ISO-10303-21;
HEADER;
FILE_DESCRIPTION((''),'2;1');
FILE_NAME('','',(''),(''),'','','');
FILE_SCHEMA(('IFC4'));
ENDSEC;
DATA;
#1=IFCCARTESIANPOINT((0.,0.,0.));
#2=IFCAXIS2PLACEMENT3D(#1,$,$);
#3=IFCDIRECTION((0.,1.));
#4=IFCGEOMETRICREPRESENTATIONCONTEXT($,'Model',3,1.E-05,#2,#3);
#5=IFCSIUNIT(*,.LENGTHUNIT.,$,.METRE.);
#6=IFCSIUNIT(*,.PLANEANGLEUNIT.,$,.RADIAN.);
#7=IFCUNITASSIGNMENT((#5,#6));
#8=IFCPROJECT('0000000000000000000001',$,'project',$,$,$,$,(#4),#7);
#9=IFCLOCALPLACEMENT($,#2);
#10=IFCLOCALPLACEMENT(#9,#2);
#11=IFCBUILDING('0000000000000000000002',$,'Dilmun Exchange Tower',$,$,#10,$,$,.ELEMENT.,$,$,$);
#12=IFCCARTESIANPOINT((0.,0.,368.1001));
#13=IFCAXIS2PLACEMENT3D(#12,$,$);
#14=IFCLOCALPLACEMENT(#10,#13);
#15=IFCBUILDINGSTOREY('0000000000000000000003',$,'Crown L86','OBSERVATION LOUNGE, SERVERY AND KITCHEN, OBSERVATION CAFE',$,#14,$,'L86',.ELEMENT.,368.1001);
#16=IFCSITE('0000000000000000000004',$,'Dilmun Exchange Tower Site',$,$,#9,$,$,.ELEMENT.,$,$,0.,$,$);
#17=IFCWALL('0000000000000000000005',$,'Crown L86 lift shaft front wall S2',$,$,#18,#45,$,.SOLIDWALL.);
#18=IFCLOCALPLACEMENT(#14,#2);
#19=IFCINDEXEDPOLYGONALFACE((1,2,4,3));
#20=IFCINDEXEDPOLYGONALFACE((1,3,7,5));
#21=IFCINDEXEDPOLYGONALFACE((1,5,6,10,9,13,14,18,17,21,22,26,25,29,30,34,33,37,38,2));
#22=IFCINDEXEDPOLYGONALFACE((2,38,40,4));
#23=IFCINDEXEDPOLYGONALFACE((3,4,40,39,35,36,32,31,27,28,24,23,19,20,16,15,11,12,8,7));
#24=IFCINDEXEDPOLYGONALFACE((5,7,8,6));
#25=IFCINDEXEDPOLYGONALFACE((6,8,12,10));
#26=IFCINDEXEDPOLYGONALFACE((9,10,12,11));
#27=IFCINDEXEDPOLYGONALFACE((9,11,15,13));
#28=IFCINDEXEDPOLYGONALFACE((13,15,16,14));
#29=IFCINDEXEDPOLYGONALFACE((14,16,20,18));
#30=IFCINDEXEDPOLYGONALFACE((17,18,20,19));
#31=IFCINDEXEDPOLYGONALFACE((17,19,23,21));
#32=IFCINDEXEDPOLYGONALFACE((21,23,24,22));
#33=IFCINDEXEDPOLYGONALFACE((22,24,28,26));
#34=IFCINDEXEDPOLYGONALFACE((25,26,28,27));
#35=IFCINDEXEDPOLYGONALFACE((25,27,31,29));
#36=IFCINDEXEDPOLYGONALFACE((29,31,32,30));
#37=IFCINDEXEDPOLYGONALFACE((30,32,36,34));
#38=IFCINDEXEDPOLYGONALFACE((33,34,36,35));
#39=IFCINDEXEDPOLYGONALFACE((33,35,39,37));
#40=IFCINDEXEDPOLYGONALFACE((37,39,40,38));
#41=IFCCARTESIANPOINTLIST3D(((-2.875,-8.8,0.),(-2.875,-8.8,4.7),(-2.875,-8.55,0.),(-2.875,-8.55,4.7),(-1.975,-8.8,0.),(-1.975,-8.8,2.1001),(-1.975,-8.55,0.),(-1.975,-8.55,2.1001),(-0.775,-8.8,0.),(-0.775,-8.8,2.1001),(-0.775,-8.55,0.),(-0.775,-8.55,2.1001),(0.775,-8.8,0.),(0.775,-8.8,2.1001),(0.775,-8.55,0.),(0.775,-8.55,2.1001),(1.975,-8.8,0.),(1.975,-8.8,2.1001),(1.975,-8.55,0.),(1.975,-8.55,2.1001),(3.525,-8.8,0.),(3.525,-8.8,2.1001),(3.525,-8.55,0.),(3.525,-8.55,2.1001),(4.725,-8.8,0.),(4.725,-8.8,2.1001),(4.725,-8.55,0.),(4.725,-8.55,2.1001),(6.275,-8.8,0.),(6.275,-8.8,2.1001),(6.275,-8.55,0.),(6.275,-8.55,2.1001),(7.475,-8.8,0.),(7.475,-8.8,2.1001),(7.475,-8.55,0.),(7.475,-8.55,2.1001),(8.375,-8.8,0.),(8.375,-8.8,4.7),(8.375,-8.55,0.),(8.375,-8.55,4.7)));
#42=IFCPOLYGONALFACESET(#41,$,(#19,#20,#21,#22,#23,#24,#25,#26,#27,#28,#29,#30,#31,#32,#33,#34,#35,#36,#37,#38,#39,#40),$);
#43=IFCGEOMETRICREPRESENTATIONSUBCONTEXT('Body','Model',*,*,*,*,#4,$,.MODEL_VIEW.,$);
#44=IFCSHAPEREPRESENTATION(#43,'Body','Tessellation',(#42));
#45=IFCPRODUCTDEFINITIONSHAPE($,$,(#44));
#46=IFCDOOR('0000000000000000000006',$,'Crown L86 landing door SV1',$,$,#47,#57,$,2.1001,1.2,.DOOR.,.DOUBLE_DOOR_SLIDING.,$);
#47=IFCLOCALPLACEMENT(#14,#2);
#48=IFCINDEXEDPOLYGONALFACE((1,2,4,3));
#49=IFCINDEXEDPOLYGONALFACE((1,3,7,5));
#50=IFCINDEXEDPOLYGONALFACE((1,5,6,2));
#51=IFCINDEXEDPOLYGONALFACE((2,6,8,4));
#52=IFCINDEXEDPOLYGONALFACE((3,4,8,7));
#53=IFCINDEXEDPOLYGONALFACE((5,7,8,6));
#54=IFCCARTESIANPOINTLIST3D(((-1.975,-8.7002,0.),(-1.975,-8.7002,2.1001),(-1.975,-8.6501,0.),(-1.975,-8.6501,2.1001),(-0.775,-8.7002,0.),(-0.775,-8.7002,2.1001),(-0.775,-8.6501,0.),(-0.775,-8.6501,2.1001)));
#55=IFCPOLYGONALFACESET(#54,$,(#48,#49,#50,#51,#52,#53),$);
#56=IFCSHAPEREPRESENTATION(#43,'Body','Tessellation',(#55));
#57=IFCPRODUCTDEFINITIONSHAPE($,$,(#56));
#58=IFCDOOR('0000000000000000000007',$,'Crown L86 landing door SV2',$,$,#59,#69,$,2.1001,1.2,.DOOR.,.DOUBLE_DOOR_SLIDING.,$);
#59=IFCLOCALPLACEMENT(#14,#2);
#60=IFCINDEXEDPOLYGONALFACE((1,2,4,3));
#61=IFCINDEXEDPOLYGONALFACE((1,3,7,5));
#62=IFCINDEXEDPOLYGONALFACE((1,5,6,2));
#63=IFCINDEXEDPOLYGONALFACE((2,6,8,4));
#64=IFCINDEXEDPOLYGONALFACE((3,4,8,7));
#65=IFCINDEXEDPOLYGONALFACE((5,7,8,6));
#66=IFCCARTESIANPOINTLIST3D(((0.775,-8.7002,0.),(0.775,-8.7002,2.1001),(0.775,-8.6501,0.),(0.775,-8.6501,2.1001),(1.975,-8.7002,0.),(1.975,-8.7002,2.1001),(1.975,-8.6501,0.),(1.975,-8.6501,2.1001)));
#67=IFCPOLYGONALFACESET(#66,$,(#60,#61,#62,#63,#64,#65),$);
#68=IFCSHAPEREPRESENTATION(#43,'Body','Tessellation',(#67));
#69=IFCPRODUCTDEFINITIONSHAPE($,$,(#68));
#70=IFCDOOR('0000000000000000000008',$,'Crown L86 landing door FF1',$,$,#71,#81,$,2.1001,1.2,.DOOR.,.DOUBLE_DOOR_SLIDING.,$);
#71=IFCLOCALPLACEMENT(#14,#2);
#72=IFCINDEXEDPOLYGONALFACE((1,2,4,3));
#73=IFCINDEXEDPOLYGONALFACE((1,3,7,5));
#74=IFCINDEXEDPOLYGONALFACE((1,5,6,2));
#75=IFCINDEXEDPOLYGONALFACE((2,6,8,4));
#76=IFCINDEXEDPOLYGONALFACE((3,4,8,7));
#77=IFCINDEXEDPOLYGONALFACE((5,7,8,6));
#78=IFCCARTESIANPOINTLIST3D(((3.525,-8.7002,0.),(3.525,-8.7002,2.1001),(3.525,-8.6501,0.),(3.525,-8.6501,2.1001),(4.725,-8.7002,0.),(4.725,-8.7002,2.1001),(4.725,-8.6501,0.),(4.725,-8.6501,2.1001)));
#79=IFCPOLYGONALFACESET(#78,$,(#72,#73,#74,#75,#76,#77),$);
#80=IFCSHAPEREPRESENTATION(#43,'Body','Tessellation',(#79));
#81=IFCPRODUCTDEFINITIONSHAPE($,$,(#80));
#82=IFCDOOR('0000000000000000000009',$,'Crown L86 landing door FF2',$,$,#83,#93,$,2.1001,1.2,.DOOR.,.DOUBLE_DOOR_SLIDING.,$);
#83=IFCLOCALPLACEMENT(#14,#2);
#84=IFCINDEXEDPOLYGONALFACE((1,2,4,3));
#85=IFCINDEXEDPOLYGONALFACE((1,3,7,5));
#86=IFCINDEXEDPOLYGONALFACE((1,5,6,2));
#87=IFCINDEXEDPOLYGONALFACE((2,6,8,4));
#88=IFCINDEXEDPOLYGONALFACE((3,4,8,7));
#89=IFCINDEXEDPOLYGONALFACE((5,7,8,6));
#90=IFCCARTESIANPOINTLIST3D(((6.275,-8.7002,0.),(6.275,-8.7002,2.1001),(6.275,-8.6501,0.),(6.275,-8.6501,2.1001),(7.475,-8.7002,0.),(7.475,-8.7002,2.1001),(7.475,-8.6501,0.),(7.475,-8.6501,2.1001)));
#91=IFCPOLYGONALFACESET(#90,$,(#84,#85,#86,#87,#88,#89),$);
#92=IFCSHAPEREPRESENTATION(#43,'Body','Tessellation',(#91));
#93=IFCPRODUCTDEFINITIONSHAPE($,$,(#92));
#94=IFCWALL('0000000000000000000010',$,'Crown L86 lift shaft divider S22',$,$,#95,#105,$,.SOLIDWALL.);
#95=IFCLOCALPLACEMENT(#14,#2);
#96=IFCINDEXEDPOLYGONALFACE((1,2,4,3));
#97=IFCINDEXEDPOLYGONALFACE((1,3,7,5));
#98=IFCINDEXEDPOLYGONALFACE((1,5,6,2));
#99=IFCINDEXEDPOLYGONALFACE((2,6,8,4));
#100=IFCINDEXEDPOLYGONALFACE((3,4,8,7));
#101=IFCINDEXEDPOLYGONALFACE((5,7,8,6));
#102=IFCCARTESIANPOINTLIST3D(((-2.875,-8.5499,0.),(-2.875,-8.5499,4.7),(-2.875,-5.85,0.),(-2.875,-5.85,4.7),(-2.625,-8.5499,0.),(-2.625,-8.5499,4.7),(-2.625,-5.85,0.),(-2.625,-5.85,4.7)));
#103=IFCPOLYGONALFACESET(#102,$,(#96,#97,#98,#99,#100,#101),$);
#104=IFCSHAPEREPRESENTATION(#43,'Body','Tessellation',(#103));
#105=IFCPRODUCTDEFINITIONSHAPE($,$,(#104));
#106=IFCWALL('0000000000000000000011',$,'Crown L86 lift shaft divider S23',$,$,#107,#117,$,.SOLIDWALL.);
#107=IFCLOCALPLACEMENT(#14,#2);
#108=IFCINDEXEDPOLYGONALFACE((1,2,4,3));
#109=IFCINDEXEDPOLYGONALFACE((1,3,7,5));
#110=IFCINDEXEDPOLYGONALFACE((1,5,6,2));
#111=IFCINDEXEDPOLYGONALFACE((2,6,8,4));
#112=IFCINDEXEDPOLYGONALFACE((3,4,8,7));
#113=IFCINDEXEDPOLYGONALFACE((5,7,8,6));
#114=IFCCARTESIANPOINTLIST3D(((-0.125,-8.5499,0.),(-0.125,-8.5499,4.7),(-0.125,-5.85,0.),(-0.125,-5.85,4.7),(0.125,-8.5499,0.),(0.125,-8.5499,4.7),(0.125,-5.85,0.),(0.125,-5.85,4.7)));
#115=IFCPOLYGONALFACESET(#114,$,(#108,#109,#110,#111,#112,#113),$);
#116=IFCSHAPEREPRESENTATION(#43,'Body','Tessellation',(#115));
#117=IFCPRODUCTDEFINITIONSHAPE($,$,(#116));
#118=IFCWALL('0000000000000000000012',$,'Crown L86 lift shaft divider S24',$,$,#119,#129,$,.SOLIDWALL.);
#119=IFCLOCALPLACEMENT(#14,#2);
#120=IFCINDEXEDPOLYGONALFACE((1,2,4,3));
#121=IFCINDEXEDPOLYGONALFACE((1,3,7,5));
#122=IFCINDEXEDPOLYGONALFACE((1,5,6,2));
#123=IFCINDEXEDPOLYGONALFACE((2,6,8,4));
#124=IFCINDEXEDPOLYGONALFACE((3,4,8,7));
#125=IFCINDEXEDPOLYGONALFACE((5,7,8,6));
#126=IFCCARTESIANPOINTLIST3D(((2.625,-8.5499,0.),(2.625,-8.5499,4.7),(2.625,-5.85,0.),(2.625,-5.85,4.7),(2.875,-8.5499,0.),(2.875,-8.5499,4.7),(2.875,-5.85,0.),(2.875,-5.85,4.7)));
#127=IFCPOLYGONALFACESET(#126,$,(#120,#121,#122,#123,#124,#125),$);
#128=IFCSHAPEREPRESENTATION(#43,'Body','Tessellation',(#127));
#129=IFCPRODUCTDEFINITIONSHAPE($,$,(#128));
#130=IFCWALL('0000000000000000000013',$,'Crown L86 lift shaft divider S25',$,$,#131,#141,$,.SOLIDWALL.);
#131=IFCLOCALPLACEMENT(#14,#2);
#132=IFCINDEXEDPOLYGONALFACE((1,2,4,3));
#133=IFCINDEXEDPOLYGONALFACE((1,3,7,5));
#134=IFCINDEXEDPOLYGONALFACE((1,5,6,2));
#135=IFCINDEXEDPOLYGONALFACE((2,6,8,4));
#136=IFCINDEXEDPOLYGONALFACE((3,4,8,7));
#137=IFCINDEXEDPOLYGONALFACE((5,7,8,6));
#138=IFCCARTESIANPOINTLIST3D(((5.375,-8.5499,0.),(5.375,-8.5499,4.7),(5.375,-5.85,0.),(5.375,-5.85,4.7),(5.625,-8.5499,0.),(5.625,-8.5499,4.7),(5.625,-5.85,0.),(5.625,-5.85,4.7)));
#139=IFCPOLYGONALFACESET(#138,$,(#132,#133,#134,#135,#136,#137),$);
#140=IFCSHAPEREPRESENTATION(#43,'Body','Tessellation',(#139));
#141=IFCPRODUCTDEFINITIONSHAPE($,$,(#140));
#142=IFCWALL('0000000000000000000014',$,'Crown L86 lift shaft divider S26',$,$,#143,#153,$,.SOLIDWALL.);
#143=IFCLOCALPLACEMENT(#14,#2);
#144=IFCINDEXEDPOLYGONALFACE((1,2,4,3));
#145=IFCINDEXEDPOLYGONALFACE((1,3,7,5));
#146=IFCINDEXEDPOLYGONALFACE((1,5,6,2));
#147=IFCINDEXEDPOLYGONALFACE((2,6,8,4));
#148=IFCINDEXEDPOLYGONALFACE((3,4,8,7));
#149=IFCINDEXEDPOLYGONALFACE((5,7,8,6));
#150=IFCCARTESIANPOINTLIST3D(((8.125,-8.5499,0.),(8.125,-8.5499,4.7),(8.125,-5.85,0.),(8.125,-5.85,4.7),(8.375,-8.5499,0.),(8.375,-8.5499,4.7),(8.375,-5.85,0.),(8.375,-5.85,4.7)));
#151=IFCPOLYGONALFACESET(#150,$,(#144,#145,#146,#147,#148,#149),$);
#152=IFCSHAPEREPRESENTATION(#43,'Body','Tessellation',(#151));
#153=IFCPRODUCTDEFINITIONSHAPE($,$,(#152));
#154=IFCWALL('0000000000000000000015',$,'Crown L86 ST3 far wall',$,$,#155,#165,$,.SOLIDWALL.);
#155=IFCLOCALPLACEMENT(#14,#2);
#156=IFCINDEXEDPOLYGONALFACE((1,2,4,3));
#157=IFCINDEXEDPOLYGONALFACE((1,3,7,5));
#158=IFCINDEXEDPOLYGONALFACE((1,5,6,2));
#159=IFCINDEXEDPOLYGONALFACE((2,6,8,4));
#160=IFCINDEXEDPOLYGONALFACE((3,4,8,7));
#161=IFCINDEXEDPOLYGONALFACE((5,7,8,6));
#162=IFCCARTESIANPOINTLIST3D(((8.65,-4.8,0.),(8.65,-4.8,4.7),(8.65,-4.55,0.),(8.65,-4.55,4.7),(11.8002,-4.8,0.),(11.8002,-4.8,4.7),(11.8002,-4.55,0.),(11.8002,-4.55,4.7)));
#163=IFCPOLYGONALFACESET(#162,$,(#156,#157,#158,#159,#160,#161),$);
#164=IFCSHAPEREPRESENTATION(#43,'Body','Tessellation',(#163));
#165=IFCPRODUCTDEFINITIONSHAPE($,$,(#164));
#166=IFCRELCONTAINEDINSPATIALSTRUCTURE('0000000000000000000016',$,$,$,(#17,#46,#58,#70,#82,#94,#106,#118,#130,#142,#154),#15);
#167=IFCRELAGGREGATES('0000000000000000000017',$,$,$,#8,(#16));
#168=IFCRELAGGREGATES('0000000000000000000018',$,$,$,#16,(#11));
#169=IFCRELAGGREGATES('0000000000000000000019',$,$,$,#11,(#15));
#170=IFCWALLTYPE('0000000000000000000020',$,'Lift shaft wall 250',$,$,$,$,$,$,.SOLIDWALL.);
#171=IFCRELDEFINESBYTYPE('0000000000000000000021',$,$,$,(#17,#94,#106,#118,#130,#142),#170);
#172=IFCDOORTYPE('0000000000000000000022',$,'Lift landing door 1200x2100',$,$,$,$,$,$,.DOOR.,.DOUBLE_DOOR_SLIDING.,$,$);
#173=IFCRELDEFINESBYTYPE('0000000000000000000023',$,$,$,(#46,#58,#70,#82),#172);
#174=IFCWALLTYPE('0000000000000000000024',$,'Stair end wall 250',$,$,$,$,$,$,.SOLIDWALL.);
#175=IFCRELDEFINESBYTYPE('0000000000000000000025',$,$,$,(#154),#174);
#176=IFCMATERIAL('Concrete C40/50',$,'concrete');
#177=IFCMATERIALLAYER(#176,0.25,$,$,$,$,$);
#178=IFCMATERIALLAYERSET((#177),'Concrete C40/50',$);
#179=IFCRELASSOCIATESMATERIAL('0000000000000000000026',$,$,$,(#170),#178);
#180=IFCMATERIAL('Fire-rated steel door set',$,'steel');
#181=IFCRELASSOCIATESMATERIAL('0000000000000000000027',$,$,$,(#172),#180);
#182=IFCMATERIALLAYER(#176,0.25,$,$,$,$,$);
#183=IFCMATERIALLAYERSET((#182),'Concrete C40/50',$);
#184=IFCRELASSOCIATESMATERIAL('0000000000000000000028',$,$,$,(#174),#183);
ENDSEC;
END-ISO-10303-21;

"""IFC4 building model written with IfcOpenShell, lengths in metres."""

from ifc_helpers import new_model, si_unit, direction, frame, frame_2d, origin, place, context, subcontext, project, spatial, rectangle, extrude, material, layer, layer_set, type_object, element, fill, save


model = new_model("IFC4")

# Units and contexts
model_context = context("Model", 3, precision=1e-05, world=origin(), true_north=direction((0.0, 1.0)))
body_context = subcontext(model_context, "Body", "Model", "MODEL_VIEW")
ifc_project = project(units=[si_unit("LENGTHUNIT", "METRE"), si_unit("PLANEANGLEUNIT", "RADIAN")], contexts=[model_context])

# Site, building, storey
site_placement = place(None, origin())
site = spatial("IfcSite", under=ifc_project, at=site_placement, Name="Dilmun Exchange Tower Site", CompositionType="ELEMENT", RefElevation=0.0)
building_placement = place(site_placement, origin())
building = spatial("IfcBuilding", under=site, at=building_placement, Name="Dilmun Exchange Tower", CompositionType="ELEMENT")
storey_placement = place(building_placement, frame((0.0, 0.0, 368.1001)))
storey = spatial("IfcBuildingStorey", under=building, at=storey_placement, Name="Crown L86", Description="OBSERVATION LOUNGE, SERVERY AND KITCHEN, OBSERVATION CAFE", LongName="L86", CompositionType="ELEMENT", Elevation=368.1001)

# Shared definitions
ifc_material_1 = material(Name="Concrete C40/50", Category="concrete")

# Shared definitions
ifc_material_2 = material(Name="Fire-rated steel door set", Category="steel")

# Shared definitions
ifc_layer_1 = layer(ifc_material_1, 0.25)
ifc_layer_set_1 = layer_set([ifc_layer_1], Name="Concrete C40/50")
wall_type_1 = type_object("IfcWallType", Name="Lift shaft wall 250", PredefinedType="SOLIDWALL", material=ifc_layer_set_1)

# Wall, openings, doors
wall_1_placement = place(storey_placement, frame((-2.875, -8.675, 0.0), z_axis=(0.0, 0.0, 1.0), x_axis=(1.0, 0.0, 0.0)))
wall_1 = element("IfcWall", 1, at=wall_1_placement, inside=storey, type_object=wall_type_1, Name="Crown L86 lift shaft front wall S2", PredefinedType="SOLIDWALL", context=body_context, shape_type="SweptSolid", body=[
    extrude(rectangle(XDim=11.25, YDim=0.25, at=frame_2d((5.625, 0.0))), origin(), (0.0, 0.0, 1.0), 4.7),
])
opening_1_placement = place(wall_1_placement, frame((0.8999, 0.0, 0.0)))
opening_1 = element("IfcOpeningElement", 2, at=opening_1_placement, cuts=wall_1, PredefinedType="OPENING", context=body_context, shape_type="SweptSolid", body=[
    extrude(rectangle(XDim=1.2, YDim=2.1001, at=frame_2d((0.6001, 1.05))), frame((0.0, 0.135, 0.0), z_axis=(0.0, -1.0, 0.0), x_axis=(1.0, 0.0, 0.0)), (0.0, 0.0, 1.0), 0.27),
])
opening_2_placement = place(wall_1_placement, frame((3.6499, 0.0, 0.0)))
opening_2 = element("IfcOpeningElement", 3, at=opening_2_placement, cuts=wall_1, PredefinedType="OPENING", context=body_context, shape_type="SweptSolid", body=[
    extrude(rectangle(XDim=1.2, YDim=2.1001, at=frame_2d((0.6001, 1.05))), frame((0.0, 0.135, 0.0), z_axis=(0.0, -1.0, 0.0), x_axis=(1.0, 0.0, 0.0)), (0.0, 0.0, 1.0), 0.27),
])
opening_3_placement = place(wall_1_placement, frame((6.3999, 0.0, 0.0)))
opening_3 = element("IfcOpeningElement", 4, at=opening_3_placement, cuts=wall_1, PredefinedType="OPENING", context=body_context, shape_type="SweptSolid", body=[
    extrude(rectangle(XDim=1.2, YDim=2.1001, at=frame_2d((0.6001, 1.05))), frame((0.0, 0.135, 0.0), z_axis=(0.0, -1.0, 0.0), x_axis=(1.0, 0.0, 0.0)), (0.0, 0.0, 1.0), 0.27),
])
opening_4_placement = place(wall_1_placement, frame((9.1499, 0.0, 0.0)))
opening_4 = element("IfcOpeningElement", 5, at=opening_4_placement, cuts=wall_1, PredefinedType="OPENING", context=body_context, shape_type="SweptSolid", body=[
    extrude(rectangle(XDim=1.2, YDim=2.1001, at=frame_2d((0.6001, 1.05))), frame((0.0, 0.135, 0.0), z_axis=(0.0, -1.0, 0.0), x_axis=(1.0, 0.0, 0.0)), (0.0, 0.0, 1.0), 0.27),
])
door_type_1 = type_object("IfcDoorType", Name="Lift landing door 1200x2100", OperationType="DOUBLE_DOOR_SLIDING", PredefinedType="DOOR", material=ifc_material_2)
door_1_placement = place(opening_1_placement, origin())
door_1 = element("IfcDoor", 6, at=door_1_placement, inside=storey, type_object=door_type_1, Name="Crown L86 landing door SV1", OperationType="DOUBLE_DOOR_SLIDING", OverallHeight=2.1001, OverallWidth=1.2, PredefinedType="DOOR", context=body_context, shape_type="SweptSolid", body=[
    extrude(rectangle(XDim=1.2, YDim=2.1001, at=frame_2d((0.6001, 1.05))), frame((0.0, 0.0249, 0.0), z_axis=(0.0, -1.0, 0.0), x_axis=(1.0, 0.0, 0.0)), (0.0, 0.0, 1.0), 0.05),
])
fill(opening_1, door_1)
door_2_placement = place(opening_2_placement, origin())
door_2 = element("IfcDoor", 7, at=door_2_placement, inside=storey, type_object=door_type_1, Name="Crown L86 landing door SV2", OperationType="DOUBLE_DOOR_SLIDING", OverallHeight=2.1001, OverallWidth=1.2, PredefinedType="DOOR", context=body_context, shape_type="SweptSolid", body=[
    extrude(rectangle(XDim=1.2, YDim=2.1001, at=frame_2d((0.6001, 1.05))), frame((0.0, 0.0249, 0.0), z_axis=(0.0, -1.0, 0.0), x_axis=(1.0, 0.0, 0.0)), (0.0, 0.0, 1.0), 0.05),
])
fill(opening_2, door_2)
door_3_placement = place(opening_3_placement, origin())
door_3 = element("IfcDoor", 8, at=door_3_placement, inside=storey, type_object=door_type_1, Name="Crown L86 landing door FF1", OperationType="DOUBLE_DOOR_SLIDING", OverallHeight=2.1001, OverallWidth=1.2, PredefinedType="DOOR", context=body_context, shape_type="SweptSolid", body=[
    extrude(rectangle(XDim=1.2, YDim=2.1001, at=frame_2d((0.6001, 1.05))), frame((0.0, 0.0249, 0.0), z_axis=(0.0, -1.0, 0.0), x_axis=(1.0, 0.0, 0.0)), (0.0, 0.0, 1.0), 0.05),
])
fill(opening_3, door_3)
door_4_placement = place(opening_4_placement, origin())
door_4 = element("IfcDoor", 9, at=door_4_placement, inside=storey, type_object=door_type_1, Name="Crown L86 landing door FF2", OperationType="DOUBLE_DOOR_SLIDING", OverallHeight=2.1001, OverallWidth=1.2, PredefinedType="DOOR", context=body_context, shape_type="SweptSolid", body=[
    extrude(rectangle(XDim=1.2, YDim=2.1001, at=frame_2d((0.6001, 1.05))), frame((0.0, 0.0249, 0.0), z_axis=(0.0, -1.0, 0.0), x_axis=(1.0, 0.0, 0.0)), (0.0, 0.0, 1.0), 0.05),
])
fill(opening_4, door_4)

# Walls
for number, where, z_axis, x_axis, name in (
    (10, (-2.75, -8.55, 0.0), (0.0, 0.0, 1.0), (0.0, 1.0, 0.0), "Crown L86 lift shaft divider S22"),
    (11, (0.0, -8.55, 0.0), (0.0, 0.0, 1.0), (0.0, 1.0, 0.0), "Crown L86 lift shaft divider S23"),
    (12, (2.75, -8.55, 0.0), (0.0, 0.0, 1.0), (0.0, 1.0, 0.0), "Crown L86 lift shaft divider S24"),
    (13, (5.5, -8.55, 0.0), (0.0, 0.0, 1.0), (0.0, 1.0, 0.0), "Crown L86 lift shaft divider S25"),
    (14, (8.25, -8.55, 0.0), (0.0, 0.0, 1.0), (0.0, 1.0, 0.0), "Crown L86 lift shaft divider S26"),
):
    element("IfcWall", number, at=place(storey_placement, frame(where, z_axis=z_axis, x_axis=x_axis)), inside=storey, type_object=wall_type_1, Name=name, PredefinedType="SOLIDWALL", context=body_context, shape_type="SweptSolid", body=[
        extrude(rectangle(XDim=2.7, YDim=0.25, at=frame_2d((1.3501, 0.0))), origin(), (0.0, 0.0, 1.0), 4.7),
    ])
ifc_layer_2 = layer(ifc_material_1, 0.25)
ifc_layer_set_2 = layer_set([ifc_layer_2], Name="Concrete C40/50")
wall_type_2 = type_object("IfcWallType", Name="Stair end wall 250", PredefinedType="SOLIDWALL", material=ifc_layer_set_2)
wall_2_placement = place(storey_placement, frame((8.6499, -4.675, 0.0), z_axis=(0.0, 0.0, 1.0), x_axis=(1.0, 0.0, 0.0)))
element("IfcWall", 15, at=wall_2_placement, inside=storey, type_object=wall_type_2, Name="Crown L86 ST3 far wall", PredefinedType="SOLIDWALL", context=body_context, shape_type="SweptSolid", body=[
    extrude(rectangle(XDim=3.1501, YDim=0.25, at=frame_2d((1.5752, 0.0))), origin(), (0.0, 0.0, 1.0), 4.7),
])

save(model, "model.ifc")
